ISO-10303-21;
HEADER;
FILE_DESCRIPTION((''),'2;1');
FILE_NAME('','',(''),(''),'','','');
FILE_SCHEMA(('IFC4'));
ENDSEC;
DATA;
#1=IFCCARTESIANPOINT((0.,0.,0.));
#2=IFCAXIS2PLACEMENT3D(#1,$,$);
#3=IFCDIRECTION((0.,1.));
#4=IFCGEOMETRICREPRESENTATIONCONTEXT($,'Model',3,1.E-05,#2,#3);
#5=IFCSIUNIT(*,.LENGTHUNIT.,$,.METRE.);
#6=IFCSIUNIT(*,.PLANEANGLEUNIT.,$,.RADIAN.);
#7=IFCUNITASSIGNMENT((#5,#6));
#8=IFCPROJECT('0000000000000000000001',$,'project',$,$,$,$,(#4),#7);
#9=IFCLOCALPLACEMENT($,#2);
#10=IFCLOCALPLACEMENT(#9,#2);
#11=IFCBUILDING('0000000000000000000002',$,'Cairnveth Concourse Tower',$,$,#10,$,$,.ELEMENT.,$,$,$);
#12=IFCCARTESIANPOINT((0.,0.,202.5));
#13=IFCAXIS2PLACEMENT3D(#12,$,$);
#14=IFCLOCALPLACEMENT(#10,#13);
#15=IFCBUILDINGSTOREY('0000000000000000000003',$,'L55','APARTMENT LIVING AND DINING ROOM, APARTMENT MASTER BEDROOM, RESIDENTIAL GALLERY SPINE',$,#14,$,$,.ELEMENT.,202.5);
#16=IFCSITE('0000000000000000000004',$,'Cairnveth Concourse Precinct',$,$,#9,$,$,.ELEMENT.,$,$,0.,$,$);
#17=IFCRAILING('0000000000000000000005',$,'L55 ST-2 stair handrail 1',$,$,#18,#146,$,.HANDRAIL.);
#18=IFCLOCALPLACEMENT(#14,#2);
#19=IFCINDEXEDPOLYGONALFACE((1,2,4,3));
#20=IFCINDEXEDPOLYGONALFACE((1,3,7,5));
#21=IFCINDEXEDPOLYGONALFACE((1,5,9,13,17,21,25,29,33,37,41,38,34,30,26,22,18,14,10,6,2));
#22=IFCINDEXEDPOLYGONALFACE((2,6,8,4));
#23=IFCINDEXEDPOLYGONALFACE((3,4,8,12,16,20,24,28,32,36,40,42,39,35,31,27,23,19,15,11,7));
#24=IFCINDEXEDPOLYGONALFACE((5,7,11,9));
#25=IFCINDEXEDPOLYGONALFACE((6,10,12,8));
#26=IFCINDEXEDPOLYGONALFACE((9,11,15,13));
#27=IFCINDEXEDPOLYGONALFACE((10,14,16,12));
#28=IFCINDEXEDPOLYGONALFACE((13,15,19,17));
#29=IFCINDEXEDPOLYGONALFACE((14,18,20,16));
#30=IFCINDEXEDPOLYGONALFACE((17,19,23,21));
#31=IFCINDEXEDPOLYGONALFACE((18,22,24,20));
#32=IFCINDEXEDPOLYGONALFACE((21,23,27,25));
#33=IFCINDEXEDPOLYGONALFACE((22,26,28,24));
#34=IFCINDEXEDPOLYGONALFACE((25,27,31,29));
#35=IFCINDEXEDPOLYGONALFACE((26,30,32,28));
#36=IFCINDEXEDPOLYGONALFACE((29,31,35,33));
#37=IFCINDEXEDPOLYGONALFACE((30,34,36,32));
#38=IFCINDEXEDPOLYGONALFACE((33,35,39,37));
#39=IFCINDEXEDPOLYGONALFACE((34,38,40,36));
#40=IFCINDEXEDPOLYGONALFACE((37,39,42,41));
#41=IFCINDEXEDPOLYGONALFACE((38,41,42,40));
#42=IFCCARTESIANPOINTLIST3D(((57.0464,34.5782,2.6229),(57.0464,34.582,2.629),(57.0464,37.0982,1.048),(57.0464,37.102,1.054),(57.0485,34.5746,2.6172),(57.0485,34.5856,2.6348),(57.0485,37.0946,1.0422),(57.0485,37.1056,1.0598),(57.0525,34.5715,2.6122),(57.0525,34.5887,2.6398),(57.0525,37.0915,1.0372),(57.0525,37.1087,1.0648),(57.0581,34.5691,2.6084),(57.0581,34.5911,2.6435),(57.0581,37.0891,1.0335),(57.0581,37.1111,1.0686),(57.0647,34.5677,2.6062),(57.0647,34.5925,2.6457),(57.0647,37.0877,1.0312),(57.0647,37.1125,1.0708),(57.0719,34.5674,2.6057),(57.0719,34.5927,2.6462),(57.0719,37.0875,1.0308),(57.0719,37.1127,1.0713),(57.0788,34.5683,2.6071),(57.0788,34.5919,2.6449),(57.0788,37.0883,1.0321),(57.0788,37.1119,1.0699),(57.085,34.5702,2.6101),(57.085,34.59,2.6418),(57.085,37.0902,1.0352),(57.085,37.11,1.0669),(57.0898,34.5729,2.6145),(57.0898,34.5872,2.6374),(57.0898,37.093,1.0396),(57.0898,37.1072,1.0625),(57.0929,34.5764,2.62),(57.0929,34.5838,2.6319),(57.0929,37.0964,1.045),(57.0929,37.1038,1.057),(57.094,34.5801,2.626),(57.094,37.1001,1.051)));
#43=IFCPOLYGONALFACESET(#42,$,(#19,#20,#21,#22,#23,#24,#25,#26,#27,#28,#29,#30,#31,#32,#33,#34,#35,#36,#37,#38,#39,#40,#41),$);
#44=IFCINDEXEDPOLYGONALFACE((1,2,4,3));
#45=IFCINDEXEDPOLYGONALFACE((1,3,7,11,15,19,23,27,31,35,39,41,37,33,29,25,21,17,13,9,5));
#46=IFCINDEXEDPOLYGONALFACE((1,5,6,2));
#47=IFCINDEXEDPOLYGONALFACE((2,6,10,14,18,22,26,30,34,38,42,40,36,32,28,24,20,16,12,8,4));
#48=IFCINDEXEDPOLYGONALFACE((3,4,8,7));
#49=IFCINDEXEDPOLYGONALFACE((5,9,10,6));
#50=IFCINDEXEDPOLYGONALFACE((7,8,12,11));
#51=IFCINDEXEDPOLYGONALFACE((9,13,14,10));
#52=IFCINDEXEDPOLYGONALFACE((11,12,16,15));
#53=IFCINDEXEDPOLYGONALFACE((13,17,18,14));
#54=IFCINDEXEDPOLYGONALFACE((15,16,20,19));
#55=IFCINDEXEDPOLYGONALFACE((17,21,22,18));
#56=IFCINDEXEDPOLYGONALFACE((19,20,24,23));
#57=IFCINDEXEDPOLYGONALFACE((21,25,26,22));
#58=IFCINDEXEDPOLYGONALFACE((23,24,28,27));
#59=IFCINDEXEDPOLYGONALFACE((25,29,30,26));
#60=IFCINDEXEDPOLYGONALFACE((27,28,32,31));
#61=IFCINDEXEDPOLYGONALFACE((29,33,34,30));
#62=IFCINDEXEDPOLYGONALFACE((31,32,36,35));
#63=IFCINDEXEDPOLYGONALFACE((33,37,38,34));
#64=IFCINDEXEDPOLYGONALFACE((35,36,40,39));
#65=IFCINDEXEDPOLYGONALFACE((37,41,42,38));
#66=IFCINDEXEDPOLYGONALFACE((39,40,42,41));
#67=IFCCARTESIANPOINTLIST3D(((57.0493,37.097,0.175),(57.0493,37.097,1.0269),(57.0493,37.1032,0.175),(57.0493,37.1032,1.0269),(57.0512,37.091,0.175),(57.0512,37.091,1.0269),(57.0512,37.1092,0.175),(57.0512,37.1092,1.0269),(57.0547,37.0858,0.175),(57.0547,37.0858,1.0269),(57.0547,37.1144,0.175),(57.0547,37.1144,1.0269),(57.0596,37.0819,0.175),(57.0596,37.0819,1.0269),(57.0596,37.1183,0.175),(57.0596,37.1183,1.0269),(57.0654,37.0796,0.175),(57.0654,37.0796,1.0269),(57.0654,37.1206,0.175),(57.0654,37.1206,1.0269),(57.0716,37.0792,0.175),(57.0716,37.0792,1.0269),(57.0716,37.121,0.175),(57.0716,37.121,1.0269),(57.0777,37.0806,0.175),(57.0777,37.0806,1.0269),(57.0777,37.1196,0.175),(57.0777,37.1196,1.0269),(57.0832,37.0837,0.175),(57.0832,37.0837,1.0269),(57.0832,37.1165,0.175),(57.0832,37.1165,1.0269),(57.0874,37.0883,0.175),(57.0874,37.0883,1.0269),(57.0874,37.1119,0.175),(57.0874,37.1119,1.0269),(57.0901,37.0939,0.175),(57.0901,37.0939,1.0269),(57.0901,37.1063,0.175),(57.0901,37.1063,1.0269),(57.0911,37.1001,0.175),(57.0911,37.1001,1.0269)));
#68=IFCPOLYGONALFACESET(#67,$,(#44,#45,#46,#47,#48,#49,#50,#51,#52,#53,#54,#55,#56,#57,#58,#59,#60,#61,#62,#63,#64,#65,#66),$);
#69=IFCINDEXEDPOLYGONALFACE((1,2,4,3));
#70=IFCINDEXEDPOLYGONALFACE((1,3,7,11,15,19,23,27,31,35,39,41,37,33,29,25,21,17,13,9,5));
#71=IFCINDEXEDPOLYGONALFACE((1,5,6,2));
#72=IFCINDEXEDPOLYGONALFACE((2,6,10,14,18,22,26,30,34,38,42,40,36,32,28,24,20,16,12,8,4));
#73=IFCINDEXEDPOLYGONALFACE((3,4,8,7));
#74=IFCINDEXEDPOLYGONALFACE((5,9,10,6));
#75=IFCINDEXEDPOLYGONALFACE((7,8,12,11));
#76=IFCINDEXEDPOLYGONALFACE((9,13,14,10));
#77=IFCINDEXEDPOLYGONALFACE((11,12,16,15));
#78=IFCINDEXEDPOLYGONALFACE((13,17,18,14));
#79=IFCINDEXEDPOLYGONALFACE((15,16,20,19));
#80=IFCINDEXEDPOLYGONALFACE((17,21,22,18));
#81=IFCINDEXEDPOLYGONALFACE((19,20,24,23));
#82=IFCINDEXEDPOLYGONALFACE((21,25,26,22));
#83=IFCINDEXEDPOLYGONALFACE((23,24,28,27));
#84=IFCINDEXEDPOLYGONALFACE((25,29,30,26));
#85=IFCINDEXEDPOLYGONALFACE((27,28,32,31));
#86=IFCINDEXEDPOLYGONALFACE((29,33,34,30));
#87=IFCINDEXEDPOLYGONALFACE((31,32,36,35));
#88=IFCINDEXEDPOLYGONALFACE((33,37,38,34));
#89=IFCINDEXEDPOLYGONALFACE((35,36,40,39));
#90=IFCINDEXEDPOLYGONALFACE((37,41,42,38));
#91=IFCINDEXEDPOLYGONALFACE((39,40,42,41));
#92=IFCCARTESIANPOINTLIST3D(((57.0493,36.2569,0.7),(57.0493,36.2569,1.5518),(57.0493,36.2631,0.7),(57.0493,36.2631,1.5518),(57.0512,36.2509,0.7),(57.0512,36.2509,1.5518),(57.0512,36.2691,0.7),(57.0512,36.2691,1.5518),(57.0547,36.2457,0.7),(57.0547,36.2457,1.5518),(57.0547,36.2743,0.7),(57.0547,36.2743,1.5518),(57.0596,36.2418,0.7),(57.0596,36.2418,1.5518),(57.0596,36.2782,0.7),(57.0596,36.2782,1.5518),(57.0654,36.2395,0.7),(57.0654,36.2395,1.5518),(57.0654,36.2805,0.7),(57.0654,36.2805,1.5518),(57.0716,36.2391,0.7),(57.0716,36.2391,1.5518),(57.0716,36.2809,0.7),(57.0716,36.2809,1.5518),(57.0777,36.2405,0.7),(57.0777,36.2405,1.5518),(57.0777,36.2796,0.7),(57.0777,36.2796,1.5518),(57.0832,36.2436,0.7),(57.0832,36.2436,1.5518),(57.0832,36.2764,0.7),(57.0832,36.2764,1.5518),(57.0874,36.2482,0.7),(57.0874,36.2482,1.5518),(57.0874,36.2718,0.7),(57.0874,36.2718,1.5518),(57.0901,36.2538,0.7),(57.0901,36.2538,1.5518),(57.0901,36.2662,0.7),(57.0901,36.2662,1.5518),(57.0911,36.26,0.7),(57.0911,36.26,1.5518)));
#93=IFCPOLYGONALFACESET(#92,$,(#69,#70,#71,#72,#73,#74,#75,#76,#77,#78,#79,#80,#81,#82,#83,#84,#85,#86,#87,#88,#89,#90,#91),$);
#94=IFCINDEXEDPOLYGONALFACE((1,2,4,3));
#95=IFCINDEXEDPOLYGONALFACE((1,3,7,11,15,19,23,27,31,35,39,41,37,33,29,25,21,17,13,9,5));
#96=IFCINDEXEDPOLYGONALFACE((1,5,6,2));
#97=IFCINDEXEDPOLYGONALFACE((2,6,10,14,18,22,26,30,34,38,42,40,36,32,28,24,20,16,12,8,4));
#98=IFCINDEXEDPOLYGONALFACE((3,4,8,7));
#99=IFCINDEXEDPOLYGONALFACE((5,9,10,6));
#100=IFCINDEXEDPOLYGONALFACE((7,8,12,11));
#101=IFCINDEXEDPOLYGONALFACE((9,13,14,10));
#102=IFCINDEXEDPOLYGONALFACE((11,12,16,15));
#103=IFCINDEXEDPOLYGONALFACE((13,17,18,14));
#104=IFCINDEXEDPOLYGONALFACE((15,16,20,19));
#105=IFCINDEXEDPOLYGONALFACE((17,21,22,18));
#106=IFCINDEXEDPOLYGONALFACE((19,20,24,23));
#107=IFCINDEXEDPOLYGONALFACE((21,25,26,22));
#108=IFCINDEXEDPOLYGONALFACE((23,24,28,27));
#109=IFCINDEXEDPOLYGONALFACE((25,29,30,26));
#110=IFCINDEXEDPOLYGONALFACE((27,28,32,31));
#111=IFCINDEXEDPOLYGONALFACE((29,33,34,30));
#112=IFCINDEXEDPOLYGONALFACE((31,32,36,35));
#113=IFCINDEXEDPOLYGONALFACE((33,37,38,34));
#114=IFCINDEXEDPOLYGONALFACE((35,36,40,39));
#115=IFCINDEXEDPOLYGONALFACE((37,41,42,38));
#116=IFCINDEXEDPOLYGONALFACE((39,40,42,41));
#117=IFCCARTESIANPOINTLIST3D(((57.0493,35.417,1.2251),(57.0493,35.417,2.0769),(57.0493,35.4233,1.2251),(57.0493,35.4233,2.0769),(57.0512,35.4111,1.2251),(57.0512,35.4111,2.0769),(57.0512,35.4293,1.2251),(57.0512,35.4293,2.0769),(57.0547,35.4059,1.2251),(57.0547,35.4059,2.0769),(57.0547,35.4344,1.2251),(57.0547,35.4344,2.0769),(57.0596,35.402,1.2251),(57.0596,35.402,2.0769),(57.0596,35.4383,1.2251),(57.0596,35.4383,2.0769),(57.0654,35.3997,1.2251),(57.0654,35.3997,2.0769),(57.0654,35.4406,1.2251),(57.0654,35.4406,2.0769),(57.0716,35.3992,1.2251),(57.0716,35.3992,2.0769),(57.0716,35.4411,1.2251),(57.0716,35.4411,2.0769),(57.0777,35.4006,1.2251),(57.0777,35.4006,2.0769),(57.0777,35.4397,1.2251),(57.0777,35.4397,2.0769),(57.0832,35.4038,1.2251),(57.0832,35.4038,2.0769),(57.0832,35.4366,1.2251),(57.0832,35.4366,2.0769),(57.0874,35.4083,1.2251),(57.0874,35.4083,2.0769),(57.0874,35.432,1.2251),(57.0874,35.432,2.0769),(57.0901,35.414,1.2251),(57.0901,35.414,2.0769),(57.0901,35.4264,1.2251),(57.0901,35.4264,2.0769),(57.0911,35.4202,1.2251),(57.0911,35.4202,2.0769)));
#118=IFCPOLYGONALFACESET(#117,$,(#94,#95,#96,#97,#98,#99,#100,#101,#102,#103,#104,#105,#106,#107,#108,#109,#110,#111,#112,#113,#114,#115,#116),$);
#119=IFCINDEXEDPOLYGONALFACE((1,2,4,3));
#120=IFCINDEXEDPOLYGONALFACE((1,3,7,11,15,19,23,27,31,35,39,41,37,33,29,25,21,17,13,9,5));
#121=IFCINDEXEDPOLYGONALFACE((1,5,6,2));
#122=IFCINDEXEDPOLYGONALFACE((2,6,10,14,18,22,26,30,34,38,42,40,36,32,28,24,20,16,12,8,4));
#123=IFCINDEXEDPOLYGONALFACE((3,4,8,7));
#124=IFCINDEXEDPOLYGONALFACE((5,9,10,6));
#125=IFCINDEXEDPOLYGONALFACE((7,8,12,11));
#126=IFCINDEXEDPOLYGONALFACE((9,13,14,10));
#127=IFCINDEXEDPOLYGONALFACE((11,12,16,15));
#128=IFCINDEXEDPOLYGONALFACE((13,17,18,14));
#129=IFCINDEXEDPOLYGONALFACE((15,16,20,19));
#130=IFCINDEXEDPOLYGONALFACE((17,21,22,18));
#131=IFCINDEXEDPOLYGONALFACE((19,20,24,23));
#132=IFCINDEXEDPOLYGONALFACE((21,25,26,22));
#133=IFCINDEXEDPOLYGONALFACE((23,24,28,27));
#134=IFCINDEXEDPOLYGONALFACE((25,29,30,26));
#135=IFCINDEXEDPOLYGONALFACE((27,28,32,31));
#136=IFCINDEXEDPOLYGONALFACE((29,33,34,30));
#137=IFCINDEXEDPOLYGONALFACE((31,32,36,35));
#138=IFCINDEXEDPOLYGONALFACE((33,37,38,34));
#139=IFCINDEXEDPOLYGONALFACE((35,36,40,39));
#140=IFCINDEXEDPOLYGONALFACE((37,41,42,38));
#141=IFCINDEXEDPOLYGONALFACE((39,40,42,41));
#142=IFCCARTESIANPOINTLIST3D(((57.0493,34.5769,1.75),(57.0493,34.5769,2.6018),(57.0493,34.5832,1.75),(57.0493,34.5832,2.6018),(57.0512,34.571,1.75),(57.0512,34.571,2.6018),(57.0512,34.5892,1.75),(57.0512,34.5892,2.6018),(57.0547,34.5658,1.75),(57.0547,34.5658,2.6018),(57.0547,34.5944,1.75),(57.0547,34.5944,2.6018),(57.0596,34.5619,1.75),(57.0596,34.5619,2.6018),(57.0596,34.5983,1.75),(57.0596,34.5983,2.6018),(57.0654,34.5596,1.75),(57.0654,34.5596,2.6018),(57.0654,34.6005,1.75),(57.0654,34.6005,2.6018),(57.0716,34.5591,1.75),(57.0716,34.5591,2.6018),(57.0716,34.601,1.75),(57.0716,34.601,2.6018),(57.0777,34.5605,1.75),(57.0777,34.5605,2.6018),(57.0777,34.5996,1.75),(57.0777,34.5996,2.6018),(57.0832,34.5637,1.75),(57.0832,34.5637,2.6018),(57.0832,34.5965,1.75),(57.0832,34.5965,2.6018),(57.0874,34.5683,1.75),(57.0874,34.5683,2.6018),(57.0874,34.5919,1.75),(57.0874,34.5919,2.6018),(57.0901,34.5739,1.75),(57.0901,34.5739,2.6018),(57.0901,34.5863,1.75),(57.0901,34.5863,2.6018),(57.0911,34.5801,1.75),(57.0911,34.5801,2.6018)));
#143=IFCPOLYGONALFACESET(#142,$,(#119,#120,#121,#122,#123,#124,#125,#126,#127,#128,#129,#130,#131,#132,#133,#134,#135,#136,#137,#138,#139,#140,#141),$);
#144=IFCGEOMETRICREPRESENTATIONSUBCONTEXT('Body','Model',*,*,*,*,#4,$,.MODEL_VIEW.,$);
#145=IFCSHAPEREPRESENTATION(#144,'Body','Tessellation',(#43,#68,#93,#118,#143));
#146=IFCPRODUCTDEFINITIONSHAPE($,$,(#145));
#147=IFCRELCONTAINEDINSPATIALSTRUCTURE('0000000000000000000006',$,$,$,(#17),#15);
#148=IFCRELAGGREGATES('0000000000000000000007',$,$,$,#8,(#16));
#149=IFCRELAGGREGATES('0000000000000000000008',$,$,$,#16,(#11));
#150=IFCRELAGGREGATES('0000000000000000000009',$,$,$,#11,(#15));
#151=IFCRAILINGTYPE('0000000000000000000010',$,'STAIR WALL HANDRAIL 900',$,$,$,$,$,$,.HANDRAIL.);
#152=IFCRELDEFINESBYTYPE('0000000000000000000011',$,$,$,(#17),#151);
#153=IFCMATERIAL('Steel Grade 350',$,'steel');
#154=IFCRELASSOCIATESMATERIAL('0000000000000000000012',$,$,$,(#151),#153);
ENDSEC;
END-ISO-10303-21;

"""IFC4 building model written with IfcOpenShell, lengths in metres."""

from ifc_helpers import new_model, si_unit, direction, frame, origin, origin_2d, place, context, subcontext, project, spatial, circle, extrude, material, type_object, element, save


model = new_model("IFC4")

# Units and contexts
model_context = context("Model", 3, precision=1e-05, world=origin(), true_north=direction((0.0, 1.0)))
body_context = subcontext(model_context, "Body", "Model", "MODEL_VIEW")
ifc_project = project(units=[si_unit("LENGTHUNIT", "METRE"), si_unit("PLANEANGLEUNIT", "RADIAN")], contexts=[model_context])

# Site, building, storey
site_placement = place(None, origin())
site = spatial("IfcSite", under=ifc_project, at=site_placement, Name="Cairnveth Concourse Precinct", CompositionType="ELEMENT", RefElevation=0.0)
building_placement = place(site_placement, origin())
building = spatial("IfcBuilding", under=site, at=building_placement, Name="Cairnveth Concourse Tower", CompositionType="ELEMENT")
storey_placement = place(building_placement, frame((0.0, 0.0, 202.5)))
storey = spatial("IfcBuildingStorey", under=building, at=storey_placement, Name="L55", Description="APARTMENT LIVING AND DINING ROOM, APARTMENT MASTER BEDROOM, RESIDENTIAL GALLERY SPINE", CompositionType="ELEMENT", Elevation=202.5)

# Shared definitions
ifc_material_1 = material(Name="Steel Grade 350", Category="steel")

# Railing
railing_type_1 = type_object("IfcRailingType", Name="STAIR WALL HANDRAIL 900", PredefinedType="HANDRAIL", material=ifc_material_1)
railing_1_placement = place(storey_placement, frame((57.0701, 37.1001, 0.175)))
element("IfcRailing", 1, at=railing_1_placement, inside=storey, type_object=railing_type_1, Name="L55 ST-2 stair handrail 1", PredefinedType="HANDRAIL", context=body_context, shape_type="SweptSolid", body=[
    extrude(circle(Radius=0.0239, at=origin_2d()), frame((0.0, 0.0, 0.876), z_axis=(0.0, -0.848008, 0.529984), x_axis=(1.0, 0.0, 0.0)), (0.0, 0.0, 1.0), 2.9717),
    extrude(circle(Radius=0.021, at=origin_2d()), origin(), (0.0, 0.0, 1.0), 0.8518),
    extrude(circle(Radius=0.021, at=origin_2d()), frame((0.0, -0.8401, 0.5249)), (0.0, 0.0, 1.0), 0.8518),
    extrude(circle(Radius=0.021, at=origin_2d()), frame((0.0, -1.6799, 1.05)), (0.0, 0.0, 1.0), 0.8518),
    extrude(circle(Radius=0.021, at=origin_2d()), frame((0.0, -2.52, 1.575)), (0.0, 0.0, 1.0), 0.8518),
])

save(model, "model.ifc")
